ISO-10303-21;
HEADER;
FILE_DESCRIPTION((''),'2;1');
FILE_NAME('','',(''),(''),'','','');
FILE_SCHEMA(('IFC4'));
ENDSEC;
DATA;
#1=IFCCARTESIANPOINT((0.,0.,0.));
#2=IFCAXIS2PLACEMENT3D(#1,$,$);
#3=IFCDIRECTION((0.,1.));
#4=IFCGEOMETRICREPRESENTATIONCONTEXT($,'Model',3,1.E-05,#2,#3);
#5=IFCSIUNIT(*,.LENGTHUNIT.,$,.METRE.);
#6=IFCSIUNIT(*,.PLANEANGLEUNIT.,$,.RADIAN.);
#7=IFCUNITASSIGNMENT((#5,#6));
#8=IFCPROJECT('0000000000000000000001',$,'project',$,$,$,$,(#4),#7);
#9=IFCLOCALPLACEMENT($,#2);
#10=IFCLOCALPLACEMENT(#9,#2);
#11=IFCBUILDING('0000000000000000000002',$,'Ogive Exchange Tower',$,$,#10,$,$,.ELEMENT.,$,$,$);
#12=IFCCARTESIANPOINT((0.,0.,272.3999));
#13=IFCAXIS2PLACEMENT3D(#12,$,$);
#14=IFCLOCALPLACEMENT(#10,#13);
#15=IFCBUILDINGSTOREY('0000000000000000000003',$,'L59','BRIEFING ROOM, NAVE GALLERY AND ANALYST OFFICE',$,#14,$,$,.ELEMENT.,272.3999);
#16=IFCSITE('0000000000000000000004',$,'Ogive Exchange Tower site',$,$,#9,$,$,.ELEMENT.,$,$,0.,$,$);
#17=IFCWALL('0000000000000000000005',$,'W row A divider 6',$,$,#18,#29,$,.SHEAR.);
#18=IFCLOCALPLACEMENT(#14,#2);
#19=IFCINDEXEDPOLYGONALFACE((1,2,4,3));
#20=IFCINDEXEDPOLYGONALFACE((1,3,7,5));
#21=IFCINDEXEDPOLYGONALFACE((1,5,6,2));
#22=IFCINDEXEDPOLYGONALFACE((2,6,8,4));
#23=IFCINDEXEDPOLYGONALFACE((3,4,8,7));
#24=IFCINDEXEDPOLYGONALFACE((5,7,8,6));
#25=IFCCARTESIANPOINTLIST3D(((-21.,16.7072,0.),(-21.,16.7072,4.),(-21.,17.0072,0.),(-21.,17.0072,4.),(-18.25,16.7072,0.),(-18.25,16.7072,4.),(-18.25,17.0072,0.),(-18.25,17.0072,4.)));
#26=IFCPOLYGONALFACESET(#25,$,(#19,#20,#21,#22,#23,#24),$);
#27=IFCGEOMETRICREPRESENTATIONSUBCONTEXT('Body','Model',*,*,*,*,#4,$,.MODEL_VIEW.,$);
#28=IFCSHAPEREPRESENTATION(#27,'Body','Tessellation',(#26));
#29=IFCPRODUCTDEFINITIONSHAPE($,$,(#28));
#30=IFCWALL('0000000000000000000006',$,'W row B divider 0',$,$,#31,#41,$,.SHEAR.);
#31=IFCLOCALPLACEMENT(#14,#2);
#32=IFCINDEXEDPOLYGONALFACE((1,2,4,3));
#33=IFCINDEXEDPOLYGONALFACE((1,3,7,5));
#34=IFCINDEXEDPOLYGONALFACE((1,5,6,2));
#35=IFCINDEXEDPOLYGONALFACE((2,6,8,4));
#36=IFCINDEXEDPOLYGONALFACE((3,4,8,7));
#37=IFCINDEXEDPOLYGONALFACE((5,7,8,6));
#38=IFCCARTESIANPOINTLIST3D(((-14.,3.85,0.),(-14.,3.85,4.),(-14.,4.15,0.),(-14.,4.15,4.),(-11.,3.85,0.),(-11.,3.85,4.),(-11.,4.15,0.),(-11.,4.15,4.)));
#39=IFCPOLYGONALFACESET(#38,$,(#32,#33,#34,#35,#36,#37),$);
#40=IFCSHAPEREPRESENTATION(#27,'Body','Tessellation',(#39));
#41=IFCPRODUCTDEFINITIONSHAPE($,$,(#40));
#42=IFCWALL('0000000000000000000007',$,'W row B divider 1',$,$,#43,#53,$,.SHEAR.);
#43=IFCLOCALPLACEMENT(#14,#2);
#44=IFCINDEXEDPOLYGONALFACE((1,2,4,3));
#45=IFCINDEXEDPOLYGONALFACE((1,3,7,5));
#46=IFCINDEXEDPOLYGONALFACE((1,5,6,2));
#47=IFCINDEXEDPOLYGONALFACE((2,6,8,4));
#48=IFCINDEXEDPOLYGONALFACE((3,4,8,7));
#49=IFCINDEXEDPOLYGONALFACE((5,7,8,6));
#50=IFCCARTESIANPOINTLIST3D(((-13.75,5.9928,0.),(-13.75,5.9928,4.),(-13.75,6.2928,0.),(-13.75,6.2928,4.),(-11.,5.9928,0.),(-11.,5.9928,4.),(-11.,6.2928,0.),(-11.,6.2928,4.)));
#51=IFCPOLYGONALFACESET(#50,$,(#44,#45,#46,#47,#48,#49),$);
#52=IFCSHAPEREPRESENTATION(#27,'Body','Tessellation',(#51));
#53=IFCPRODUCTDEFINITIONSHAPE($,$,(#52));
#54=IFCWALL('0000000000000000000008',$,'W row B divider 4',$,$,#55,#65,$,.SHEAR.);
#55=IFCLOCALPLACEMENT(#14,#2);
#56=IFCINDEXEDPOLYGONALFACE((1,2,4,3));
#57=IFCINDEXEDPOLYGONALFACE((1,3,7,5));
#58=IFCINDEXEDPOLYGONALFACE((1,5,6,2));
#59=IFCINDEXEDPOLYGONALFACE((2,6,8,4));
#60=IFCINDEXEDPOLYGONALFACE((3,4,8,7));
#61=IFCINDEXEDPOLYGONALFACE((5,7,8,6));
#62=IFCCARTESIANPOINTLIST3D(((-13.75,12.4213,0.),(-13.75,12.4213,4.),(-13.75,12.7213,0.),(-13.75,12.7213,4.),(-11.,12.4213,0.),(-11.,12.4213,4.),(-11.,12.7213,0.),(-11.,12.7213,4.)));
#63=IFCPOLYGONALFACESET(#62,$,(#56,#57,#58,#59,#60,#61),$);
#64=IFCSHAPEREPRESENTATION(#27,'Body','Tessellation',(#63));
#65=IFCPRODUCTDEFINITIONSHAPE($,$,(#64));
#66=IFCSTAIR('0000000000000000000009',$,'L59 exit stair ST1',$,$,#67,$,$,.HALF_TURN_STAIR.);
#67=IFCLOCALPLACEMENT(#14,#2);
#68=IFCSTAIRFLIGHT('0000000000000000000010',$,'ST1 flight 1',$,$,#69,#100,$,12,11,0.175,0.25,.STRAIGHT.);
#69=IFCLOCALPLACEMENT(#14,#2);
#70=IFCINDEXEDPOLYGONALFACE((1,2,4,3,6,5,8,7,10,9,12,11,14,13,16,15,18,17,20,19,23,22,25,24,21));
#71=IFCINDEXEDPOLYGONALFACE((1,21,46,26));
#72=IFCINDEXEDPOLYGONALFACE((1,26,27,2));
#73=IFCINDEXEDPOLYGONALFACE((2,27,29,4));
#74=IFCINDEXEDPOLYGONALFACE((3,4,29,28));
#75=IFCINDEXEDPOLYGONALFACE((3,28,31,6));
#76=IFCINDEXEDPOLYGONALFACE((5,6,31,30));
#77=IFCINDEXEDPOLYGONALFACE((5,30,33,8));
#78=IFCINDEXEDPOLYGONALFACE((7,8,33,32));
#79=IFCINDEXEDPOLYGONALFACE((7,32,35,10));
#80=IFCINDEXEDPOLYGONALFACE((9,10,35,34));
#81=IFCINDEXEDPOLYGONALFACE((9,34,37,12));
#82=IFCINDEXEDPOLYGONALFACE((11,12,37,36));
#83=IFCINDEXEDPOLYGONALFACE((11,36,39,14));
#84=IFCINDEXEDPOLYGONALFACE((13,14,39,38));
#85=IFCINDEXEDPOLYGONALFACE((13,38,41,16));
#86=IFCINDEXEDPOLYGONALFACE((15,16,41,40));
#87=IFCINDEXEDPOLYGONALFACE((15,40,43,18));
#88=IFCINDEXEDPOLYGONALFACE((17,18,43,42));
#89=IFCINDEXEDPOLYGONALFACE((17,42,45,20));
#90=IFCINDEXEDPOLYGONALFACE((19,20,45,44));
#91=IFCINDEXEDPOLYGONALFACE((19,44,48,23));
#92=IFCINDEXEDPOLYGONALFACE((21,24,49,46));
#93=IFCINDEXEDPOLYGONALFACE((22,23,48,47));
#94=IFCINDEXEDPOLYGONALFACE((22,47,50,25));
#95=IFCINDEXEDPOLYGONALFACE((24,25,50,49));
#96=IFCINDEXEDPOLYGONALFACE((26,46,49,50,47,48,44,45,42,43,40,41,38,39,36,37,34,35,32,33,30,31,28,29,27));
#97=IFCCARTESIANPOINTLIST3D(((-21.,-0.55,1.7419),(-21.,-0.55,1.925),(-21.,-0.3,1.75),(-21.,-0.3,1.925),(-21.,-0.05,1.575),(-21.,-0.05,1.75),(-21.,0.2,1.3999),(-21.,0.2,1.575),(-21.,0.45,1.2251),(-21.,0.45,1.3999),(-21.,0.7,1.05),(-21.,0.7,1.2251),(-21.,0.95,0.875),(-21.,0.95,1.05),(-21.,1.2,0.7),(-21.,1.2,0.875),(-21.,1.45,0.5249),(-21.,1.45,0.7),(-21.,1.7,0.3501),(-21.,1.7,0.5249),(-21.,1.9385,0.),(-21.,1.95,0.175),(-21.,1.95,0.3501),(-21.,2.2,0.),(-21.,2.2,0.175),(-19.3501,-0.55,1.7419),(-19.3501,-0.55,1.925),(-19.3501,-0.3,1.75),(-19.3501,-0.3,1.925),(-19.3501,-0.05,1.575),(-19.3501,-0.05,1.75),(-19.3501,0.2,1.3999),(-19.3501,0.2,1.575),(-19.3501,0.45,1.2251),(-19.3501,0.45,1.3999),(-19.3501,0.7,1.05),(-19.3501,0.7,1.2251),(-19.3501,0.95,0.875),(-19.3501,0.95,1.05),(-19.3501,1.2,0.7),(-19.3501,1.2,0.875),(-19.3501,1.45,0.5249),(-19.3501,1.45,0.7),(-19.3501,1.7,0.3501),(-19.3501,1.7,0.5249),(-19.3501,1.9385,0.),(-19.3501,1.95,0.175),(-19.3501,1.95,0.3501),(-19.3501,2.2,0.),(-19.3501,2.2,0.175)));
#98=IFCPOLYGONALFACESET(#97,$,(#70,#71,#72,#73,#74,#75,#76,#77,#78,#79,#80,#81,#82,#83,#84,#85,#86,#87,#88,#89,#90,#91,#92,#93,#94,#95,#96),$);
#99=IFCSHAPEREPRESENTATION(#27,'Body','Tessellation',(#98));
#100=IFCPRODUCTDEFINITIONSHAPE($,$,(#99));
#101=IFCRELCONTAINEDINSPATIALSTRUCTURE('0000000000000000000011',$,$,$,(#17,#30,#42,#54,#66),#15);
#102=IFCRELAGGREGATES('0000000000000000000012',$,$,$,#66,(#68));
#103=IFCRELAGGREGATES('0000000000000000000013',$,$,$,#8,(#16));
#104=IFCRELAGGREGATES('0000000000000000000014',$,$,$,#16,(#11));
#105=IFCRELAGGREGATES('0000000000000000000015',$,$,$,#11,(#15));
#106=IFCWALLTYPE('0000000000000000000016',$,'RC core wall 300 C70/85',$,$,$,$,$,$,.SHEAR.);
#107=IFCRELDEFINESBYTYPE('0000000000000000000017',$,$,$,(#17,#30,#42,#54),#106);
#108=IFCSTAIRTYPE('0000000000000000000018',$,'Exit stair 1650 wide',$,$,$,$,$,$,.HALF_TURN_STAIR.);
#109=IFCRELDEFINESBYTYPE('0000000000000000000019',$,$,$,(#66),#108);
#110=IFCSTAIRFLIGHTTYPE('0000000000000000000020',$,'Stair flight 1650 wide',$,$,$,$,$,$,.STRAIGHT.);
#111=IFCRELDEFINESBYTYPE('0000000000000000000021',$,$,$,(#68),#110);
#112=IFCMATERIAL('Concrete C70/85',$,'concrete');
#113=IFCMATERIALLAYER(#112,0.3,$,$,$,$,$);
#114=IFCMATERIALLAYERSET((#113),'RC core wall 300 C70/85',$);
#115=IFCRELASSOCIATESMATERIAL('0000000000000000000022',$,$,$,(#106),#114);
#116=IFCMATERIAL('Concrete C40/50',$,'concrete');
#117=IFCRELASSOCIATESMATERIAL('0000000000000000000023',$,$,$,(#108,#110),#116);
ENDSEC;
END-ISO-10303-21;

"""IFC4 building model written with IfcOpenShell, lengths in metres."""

from ifc_helpers import new_model, si_unit, direction, frame, frame_2d, origin, place, context, subcontext, project, spatial, polyline, rectangle, outline, extrude, material, layer, layer_set, type_object, element, aggregate, save


model = new_model("IFC4")

# Units and contexts
model_context = context("Model", 3, precision=1e-05, world=origin(), true_north=direction((0.0, 1.0)))
body_context = subcontext(model_context, "Body", "Model", "MODEL_VIEW")
ifc_project = project(units=[si_unit("LENGTHUNIT", "METRE"), si_unit("PLANEANGLEUNIT", "RADIAN")], contexts=[model_context])

# Site, building, storey
site_placement = place(None, origin())
site = spatial("IfcSite", under=ifc_project, at=site_placement, Name="Ogive Exchange Tower site", CompositionType="ELEMENT", RefElevation=0.0)
building_placement = place(site_placement, origin())
building = spatial("IfcBuilding", under=site, at=building_placement, Name="Ogive Exchange Tower", CompositionType="ELEMENT")
storey_placement = place(building_placement, frame((0.0, 0.0, 272.3999)))
storey = spatial("IfcBuildingStorey", under=building, at=storey_placement, Name="L59", Description="BRIEFING ROOM, NAVE GALLERY AND ANALYST OFFICE", CompositionType="ELEMENT", Elevation=272.3999)

# Shared definitions
ifc_material_1 = material(Name="Concrete C70/85", Category="concrete")

# Walls
ifc_layer_1 = layer(ifc_material_1, 0.3)
ifc_layer_set_1 = layer_set([ifc_layer_1], Name="RC core wall 300 C70/85")
wall_type_1 = type_object("IfcWallType", Name="RC core wall 300 C70/85", PredefinedType="SHEAR", material=ifc_layer_set_1)
wall_1_placement = place(storey_placement, frame((-21.0, 16.8572, 0.0), z_axis=(0.0, 0.0, 1.0), x_axis=(1.0, 0.0, 0.0)))
element("IfcWall", 1, at=wall_1_placement, inside=storey, type_object=wall_type_1, Name="W row A divider 6", PredefinedType="SHEAR", context=body_context, shape_type="SweptSolid", body=[
    extrude(rectangle(XDim=2.75, YDim=0.3, at=frame_2d((1.375, 0.0))), origin(), (0.0, 0.0, 1.0), 4.0),
])
wall_2_placement = place(storey_placement, frame((-14.0, 4.0, 0.0), z_axis=(0.0, 0.0, 1.0), x_axis=(1.0, 0.0, 0.0)))
element("IfcWall", 2, at=wall_2_placement, inside=storey, type_object=wall_type_1, Name="W row B divider 0", PredefinedType="SHEAR", context=body_context, shape_type="SweptSolid", body=[
    extrude(rectangle(XDim=3.0, YDim=0.3, at=frame_2d((1.5, 0.0))), origin(), (0.0, 0.0, 1.0), 4.0),
])
for number, where, z_axis, x_axis, name in (
    (3, (-13.75, 6.1428, 0.0), (0.0, 0.0, 1.0), (1.0, 0.0, 0.0), "W row B divider 1"),
    (4, (-13.75, 12.5713, 0.0), (0.0, 0.0, 1.0), (1.0, 0.0, 0.0), "W row B divider 4"),
):
    element("IfcWall", number, at=place(storey_placement, frame(where, z_axis=z_axis, x_axis=x_axis)), inside=storey, type_object=wall_type_1, Name=name, PredefinedType="SHEAR", context=body_context, shape_type="SweptSolid", body=[
        extrude(rectangle(XDim=2.75, YDim=0.3, at=frame_2d((1.375, 0.0))), origin(), (0.0, 0.0, 1.0), 4.0),
    ])

# Stair, stair flight
ifc_material_2 = material(Name="Concrete C40/50", Category="concrete")
stair_type = type_object("IfcStairType", Name="Exit stair 1650 wide", PredefinedType="HALF_TURN_STAIR", material=ifc_material_2)
stair_placement = place(storey_placement, origin())
stair = element("IfcStair", 5, at=stair_placement, inside=storey, type_object=stair_type, Name="L59 exit stair ST1", PredefinedType="HALF_TURN_STAIR")
stair_flight_type = type_object("IfcStairFlightType", Name="Stair flight 1650 wide", PredefinedType="STRAIGHT", material=ifc_material_2)
stair_flight_placement = place(storey_placement, frame((-20.175, 2.2, 0.0), z_axis=(0.0, 0.0, 1.0), x_axis=(0.0, -1.0, 0.0)))
stair_flight = element("IfcStairFlight", 6, at=stair_flight_placement, type_object=stair_flight_type, Name="ST1 flight 1", NumberOfRisers=12, NumberOfTreads=11, PredefinedType="STRAIGHT", RiserHeight=0.175, TreadLength=0.25, context=body_context, shape_type="SweptSolid", body=[
    extrude(outline(polyline([(0.0, 0.0), (0.0, 0.175), (0.25, 0.175), (0.25, 0.3501), (0.5, 0.3501), (0.5, 0.5249), (0.75, 0.5249), (0.75, 0.7), (1.0, 0.7), (1.0, 0.875), (1.25, 0.875), (1.25, 1.05), (1.5, 1.05), (1.5, 1.2251), (1.75, 1.2251), (1.75, 1.3999), (2.0, 1.3999), (2.0, 1.575), (2.25, 1.575), (2.25, 1.75), (2.5, 1.75), (2.5, 1.925), (2.75, 1.925), (2.75, 2.1001), (2.75, 1.7419), (0.2615, 0.0), (0.0, 0.0)])), frame((0.0, 0.825, 0.0), z_axis=(0.0, -1.0, 0.0), x_axis=(1.0, 0.0, 0.0)), (0.0, 0.0, 1.0), 1.6499),
])
aggregate(stair, [stair_flight])

save(model, "model.ifc")
